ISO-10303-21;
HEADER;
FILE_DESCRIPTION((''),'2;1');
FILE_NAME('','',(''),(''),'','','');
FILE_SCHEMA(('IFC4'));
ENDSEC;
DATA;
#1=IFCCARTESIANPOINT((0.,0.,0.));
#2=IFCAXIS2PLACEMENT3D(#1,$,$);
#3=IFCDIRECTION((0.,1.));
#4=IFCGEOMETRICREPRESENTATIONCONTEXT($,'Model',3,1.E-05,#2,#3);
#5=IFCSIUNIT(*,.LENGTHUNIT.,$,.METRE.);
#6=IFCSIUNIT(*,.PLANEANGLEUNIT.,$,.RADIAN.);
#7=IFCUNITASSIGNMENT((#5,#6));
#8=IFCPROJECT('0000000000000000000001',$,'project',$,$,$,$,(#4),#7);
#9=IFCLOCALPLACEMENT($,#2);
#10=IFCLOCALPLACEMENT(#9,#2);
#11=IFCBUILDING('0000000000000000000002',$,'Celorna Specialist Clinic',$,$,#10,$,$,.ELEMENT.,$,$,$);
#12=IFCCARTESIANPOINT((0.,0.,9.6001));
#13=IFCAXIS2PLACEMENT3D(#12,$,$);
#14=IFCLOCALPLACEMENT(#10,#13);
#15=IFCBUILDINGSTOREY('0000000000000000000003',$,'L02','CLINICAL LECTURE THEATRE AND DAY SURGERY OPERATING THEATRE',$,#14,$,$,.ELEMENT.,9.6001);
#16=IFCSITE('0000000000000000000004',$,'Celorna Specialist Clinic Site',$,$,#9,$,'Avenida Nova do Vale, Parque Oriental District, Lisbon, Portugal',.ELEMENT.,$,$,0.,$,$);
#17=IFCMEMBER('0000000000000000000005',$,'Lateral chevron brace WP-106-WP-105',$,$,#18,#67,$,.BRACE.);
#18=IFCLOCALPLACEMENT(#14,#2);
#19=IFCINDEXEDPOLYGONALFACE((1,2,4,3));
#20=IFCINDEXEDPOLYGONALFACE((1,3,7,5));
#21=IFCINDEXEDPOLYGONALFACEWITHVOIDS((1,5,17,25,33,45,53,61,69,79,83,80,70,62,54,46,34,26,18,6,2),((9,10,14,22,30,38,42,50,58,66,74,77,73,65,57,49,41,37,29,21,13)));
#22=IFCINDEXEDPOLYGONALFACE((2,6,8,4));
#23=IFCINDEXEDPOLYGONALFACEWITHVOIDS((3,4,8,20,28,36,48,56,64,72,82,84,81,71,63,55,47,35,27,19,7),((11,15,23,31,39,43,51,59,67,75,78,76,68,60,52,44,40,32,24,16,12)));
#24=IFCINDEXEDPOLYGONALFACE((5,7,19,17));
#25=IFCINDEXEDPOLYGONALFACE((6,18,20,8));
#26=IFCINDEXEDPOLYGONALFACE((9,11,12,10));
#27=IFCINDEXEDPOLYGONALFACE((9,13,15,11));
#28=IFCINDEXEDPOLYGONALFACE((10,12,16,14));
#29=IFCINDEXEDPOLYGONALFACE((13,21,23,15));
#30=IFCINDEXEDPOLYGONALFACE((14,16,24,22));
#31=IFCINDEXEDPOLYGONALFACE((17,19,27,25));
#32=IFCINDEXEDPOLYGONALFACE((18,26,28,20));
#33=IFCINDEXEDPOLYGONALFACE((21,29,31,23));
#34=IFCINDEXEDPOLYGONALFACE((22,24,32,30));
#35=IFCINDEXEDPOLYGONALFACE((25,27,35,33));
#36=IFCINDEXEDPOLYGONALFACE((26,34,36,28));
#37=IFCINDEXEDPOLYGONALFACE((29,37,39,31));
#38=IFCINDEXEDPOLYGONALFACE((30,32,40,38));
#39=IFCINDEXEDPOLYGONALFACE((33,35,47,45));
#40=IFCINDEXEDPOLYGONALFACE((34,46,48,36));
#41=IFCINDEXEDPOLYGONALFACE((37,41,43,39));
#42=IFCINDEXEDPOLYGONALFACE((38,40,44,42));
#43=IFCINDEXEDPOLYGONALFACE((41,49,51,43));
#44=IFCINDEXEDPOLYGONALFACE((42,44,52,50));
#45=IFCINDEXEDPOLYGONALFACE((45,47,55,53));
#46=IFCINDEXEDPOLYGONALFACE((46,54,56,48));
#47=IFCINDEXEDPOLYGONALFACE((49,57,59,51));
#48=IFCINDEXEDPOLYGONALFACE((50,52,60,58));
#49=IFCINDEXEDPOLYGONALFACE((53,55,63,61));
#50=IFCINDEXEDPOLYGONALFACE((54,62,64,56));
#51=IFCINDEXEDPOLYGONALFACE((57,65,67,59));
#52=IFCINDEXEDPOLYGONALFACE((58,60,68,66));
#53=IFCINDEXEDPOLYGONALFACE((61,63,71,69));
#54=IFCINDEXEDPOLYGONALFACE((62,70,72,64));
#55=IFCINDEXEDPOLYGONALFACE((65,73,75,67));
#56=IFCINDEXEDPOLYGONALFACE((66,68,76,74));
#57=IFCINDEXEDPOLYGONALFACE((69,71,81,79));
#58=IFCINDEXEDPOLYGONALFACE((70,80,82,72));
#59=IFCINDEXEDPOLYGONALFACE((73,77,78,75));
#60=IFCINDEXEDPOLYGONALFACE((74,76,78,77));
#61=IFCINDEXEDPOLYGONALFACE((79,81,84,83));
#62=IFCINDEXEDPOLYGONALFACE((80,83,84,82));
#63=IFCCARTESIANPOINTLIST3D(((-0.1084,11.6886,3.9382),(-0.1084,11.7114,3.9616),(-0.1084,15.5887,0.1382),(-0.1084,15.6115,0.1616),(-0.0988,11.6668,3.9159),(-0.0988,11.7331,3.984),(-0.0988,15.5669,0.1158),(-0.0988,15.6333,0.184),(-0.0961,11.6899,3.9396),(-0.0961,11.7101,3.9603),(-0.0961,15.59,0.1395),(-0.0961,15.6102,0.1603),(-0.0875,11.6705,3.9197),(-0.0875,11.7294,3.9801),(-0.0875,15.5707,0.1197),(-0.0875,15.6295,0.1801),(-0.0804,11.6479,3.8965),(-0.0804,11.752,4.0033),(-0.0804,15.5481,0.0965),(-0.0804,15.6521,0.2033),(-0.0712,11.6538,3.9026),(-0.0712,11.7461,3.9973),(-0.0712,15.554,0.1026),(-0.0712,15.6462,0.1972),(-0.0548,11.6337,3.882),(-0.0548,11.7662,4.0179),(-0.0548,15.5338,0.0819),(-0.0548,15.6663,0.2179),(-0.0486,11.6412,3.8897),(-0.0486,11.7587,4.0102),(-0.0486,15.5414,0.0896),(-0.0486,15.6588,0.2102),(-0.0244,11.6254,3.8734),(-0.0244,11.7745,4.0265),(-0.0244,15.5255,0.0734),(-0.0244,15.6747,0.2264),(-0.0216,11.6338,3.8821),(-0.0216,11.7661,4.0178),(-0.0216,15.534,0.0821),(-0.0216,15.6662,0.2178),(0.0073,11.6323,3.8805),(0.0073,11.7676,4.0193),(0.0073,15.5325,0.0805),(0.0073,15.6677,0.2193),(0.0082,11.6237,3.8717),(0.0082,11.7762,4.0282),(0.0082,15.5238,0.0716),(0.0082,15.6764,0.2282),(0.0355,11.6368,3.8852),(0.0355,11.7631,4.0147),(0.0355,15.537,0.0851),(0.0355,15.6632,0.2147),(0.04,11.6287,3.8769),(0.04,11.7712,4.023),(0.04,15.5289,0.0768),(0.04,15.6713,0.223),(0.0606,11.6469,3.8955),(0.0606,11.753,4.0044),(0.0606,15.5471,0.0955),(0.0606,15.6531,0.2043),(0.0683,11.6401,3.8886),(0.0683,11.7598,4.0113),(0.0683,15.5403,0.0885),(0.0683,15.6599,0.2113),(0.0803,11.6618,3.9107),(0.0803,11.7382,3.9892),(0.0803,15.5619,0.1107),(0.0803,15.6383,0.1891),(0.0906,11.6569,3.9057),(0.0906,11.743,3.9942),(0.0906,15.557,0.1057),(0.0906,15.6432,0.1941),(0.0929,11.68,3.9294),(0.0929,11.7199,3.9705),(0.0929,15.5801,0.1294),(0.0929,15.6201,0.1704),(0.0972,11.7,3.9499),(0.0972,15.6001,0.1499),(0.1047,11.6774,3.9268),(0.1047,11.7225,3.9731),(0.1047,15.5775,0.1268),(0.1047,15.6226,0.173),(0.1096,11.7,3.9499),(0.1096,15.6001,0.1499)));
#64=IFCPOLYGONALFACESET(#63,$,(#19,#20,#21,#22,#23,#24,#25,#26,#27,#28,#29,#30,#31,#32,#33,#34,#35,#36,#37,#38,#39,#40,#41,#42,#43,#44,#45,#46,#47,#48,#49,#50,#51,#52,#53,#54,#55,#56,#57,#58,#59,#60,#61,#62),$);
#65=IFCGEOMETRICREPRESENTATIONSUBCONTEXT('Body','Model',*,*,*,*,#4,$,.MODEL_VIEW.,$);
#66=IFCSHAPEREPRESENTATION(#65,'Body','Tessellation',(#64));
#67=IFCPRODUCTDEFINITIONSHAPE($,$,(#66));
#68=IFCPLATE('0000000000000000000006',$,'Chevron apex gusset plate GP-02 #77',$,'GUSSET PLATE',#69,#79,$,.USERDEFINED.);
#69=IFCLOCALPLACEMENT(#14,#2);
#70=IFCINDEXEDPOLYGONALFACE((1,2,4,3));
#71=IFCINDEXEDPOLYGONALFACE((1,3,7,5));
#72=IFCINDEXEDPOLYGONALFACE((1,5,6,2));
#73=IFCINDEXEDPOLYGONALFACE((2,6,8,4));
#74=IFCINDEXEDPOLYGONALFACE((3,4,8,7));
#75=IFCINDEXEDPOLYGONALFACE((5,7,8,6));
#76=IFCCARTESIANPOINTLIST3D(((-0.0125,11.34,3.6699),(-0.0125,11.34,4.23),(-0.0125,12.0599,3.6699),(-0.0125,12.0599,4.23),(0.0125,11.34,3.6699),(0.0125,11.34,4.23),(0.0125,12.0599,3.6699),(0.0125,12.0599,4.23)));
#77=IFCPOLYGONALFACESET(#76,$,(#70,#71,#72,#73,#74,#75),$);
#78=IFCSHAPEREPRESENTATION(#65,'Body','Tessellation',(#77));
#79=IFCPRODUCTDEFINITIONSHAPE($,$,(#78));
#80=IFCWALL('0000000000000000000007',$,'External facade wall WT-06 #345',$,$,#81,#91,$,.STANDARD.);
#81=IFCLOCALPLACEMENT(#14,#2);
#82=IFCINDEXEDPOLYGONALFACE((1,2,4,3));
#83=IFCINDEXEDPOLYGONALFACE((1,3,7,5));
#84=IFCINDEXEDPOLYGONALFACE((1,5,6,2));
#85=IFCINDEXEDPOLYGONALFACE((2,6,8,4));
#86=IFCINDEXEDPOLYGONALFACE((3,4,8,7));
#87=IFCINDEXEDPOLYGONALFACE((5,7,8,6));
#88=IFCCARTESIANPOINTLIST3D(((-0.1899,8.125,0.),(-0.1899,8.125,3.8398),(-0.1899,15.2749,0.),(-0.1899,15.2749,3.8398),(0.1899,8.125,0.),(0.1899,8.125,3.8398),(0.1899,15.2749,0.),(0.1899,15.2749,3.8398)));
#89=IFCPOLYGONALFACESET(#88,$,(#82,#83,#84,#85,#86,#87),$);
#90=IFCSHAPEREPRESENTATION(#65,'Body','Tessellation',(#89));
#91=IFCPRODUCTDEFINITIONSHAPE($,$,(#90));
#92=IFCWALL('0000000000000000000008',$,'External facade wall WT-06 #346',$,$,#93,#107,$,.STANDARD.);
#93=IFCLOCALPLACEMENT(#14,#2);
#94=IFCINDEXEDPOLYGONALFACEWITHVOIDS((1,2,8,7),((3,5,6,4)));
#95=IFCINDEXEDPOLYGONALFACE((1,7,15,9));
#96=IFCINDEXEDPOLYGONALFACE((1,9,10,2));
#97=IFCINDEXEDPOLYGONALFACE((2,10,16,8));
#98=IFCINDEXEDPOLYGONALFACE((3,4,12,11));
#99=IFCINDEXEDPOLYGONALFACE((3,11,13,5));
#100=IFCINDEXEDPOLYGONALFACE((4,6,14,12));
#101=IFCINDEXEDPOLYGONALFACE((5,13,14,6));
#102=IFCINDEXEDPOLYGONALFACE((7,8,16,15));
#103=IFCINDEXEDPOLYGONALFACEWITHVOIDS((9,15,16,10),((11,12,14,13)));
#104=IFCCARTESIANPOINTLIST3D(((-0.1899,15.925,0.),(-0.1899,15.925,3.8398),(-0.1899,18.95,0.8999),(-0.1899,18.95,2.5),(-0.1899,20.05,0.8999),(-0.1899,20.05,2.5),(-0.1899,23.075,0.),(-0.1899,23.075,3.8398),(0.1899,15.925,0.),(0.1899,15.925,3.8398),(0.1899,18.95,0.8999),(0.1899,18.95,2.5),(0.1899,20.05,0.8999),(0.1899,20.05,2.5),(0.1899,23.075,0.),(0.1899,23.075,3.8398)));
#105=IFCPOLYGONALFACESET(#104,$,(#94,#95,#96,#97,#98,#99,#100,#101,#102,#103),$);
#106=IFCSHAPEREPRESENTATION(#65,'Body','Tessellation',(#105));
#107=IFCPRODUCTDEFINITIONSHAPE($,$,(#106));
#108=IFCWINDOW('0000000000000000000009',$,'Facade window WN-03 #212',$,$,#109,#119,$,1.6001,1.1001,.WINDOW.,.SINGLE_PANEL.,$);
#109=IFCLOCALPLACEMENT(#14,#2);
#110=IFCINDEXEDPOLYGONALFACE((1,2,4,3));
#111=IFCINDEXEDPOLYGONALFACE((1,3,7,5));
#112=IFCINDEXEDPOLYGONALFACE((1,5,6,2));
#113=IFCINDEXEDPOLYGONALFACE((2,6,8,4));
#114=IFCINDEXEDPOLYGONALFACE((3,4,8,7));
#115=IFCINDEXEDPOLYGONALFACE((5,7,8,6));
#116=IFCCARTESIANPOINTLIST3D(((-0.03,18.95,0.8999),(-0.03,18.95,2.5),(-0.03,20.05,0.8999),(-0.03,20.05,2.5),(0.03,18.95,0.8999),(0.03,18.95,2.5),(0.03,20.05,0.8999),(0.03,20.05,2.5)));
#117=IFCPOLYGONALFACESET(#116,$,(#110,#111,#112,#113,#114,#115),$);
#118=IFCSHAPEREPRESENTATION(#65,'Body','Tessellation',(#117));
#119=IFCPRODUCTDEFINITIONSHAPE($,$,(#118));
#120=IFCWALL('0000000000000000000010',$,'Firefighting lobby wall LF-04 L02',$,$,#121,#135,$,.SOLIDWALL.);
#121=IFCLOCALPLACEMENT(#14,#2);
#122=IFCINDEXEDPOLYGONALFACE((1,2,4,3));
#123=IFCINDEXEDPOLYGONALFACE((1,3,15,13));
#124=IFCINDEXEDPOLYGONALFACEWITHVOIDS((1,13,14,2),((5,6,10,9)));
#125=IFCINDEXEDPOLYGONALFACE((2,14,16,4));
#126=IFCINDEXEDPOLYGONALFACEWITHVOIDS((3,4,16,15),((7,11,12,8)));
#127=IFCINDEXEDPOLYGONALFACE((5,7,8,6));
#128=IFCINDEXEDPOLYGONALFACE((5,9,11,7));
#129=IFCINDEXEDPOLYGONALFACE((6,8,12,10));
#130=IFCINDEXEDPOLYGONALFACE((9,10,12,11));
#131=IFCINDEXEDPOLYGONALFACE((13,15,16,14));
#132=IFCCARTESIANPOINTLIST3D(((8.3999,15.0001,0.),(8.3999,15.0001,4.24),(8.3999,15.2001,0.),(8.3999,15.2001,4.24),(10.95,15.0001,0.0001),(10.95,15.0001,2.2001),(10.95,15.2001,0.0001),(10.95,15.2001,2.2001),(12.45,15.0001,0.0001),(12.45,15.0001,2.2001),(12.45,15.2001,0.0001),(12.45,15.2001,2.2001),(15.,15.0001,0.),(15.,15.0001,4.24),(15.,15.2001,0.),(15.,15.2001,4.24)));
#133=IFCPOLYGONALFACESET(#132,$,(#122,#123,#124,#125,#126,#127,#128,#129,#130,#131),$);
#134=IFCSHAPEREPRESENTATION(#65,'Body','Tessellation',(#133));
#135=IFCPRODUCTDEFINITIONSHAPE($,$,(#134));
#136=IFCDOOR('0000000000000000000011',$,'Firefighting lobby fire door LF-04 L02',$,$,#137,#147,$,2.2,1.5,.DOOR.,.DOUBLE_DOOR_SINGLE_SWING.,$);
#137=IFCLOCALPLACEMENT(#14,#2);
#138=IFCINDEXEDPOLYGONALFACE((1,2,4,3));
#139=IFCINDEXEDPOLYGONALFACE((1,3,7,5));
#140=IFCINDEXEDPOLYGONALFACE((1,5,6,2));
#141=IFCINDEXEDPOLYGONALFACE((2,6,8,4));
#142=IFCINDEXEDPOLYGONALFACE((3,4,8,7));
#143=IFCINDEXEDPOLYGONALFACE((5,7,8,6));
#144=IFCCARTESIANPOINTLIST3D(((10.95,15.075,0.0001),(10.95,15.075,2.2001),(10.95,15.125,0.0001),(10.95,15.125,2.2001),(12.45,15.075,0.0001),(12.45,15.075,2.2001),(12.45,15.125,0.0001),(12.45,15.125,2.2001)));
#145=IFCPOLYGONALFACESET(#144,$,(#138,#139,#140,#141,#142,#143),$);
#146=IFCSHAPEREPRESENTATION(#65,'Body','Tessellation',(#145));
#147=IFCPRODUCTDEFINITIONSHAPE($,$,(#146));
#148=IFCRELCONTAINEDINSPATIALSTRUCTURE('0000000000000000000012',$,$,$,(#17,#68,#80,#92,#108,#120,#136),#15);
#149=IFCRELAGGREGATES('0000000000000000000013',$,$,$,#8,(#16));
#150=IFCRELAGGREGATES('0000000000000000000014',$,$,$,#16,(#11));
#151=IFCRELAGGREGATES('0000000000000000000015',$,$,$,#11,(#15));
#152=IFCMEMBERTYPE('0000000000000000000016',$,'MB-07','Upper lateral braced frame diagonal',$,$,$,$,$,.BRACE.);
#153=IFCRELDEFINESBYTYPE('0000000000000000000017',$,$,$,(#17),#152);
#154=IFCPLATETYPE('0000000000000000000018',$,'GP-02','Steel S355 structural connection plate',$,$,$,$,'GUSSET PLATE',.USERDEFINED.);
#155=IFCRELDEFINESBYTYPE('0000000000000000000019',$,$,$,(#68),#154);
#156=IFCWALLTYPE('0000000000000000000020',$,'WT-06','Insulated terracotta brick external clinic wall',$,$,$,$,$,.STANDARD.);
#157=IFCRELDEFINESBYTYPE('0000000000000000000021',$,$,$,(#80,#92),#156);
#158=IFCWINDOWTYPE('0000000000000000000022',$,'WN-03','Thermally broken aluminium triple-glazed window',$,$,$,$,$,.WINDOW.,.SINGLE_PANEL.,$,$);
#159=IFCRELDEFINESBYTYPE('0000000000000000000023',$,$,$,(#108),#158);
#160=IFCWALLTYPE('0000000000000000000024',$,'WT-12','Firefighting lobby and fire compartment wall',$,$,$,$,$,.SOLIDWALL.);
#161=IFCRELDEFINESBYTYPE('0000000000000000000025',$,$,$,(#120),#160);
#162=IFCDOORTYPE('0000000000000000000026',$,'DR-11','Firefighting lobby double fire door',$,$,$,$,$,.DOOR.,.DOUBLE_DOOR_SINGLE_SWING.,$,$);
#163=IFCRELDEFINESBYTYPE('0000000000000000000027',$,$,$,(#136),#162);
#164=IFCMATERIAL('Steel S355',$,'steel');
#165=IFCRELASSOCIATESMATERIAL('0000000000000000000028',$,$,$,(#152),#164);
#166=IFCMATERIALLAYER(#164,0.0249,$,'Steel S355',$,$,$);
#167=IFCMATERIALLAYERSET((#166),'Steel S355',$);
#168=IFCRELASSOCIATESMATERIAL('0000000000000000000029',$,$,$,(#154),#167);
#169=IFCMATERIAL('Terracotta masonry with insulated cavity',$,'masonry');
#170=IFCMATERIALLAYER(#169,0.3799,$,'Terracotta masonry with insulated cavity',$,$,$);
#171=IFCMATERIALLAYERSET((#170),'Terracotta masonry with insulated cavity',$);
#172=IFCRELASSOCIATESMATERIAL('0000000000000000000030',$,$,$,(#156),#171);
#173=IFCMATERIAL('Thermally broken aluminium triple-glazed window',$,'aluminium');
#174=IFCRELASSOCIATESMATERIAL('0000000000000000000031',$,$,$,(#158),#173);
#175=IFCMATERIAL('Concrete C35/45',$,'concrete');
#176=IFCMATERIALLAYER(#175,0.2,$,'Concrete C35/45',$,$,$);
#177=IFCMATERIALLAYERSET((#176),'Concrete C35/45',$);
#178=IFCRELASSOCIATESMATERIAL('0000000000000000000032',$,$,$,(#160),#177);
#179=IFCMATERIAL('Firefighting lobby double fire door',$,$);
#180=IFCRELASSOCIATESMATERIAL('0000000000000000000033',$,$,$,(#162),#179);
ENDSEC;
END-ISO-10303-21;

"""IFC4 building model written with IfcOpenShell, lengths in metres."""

from ifc_helpers import new_model, si_unit, direction, frame, frame_2d, origin, origin_2d, place, context, subcontext, project, spatial, rectangle, hollow_circle, extrude, material, layer, layer_set, material_profile, profile_set, type_object, element, fill, save


model = new_model("IFC4")

# Units and contexts
model_context = context("Model", 3, precision=1e-05, world=origin(), true_north=direction((0.0, 1.0)))
body_context = subcontext(model_context, "Body", "Model", "MODEL_VIEW")
ifc_project = project(units=[si_unit("LENGTHUNIT", "METRE"), si_unit("PLANEANGLEUNIT", "RADIAN")], contexts=[model_context])

# Site, building, storey
site_placement = place(None, origin())
site = spatial("IfcSite", under=ifc_project, at=site_placement, Name="Celorna Specialist Clinic Site", LongName="Avenida Nova do Vale, Parque Oriental District, Lisbon, Portugal", CompositionType="ELEMENT", RefElevation=0.0)
building_placement = place(site_placement, origin())
building = spatial("IfcBuilding", under=site, at=building_placement, Name="Celorna Specialist Clinic", CompositionType="ELEMENT")
storey_placement = place(building_placement, frame((0.0, 0.0, 9.6001)))
storey = spatial("IfcBuildingStorey", under=building, at=storey_placement, Name="L02", Description="CLINICAL LECTURE THEATRE AND DAY SURGERY OPERATING THEATRE", CompositionType="ELEMENT", Elevation=9.6001)

# Shared definitions
ifc_material_1 = material(Name="Concrete C35/45", Category="concrete")

# Shared definitions
ifc_material_2 = material(Name="Steel S355", Category="steel")

# Member
ifc_material_profile_1 = material_profile(ifc_material_2, hollow_circle(Radius=0.1096, WallThickness=0.0125, at=origin_2d()), Name="CHS 219.1x12.5")
ifc_profile_set_1 = profile_set([ifc_material_profile_1], Name="Steel S355")
member_type = type_object("IfcMemberType", Name="MB-07", Description="Upper lateral braced frame diagonal", PredefinedType="BRACE", material=ifc_profile_set_1)
member_placement = place(storey_placement, frame((0.0, 15.6001, 0.1499), z_axis=(0.0, -0.716238, 0.697856), x_axis=(1.0, 0.0, 0.0)))
element("IfcMember", 1, at=member_placement, inside=storey, type_object=member_type, Name="Lateral chevron brace WP-106-WP-105", PredefinedType="BRACE", context=body_context, shape_type="SweptSolid", body=[
    extrude(hollow_circle(Radius=0.1096, WallThickness=0.0125, at=origin_2d()), origin(), (0.0, 0.0, 1.0), 5.4453),
])

# Plate
ifc_layer_1 = layer(ifc_material_2, 0.0249, Name="Steel S355")
ifc_layer_set_1 = layer_set([ifc_layer_1], Name="Steel S355")
plate_type = type_object("IfcPlateType", Name="GP-02", Description="Steel S355 structural connection plate", ElementType="GUSSET PLATE", PredefinedType="USERDEFINED", material=ifc_layer_set_1)
plate_placement = place(storey_placement, frame((0.0, 11.7, 3.6699), z_axis=(0.0, 0.0, 1.0), x_axis=(0.0, 1.0, 0.0)))
element("IfcPlate", 2, at=plate_placement, inside=storey, type_object=plate_type, Name="Chevron apex gusset plate GP-02 #77", ObjectType="GUSSET PLATE", PredefinedType="USERDEFINED", context=body_context, shape_type="SweptSolid", body=[
    extrude(rectangle(XDim=0.72, YDim=0.0249, at=origin_2d()), origin(), (0.0, 0.0, 1.0), 0.5601),
])

# Wall
ifc_material_3 = material(Name="Terracotta masonry with insulated cavity", Category="masonry")
ifc_layer_2 = layer(ifc_material_3, 0.3799, Name="Terracotta masonry with insulated cavity")
ifc_layer_set_2 = layer_set([ifc_layer_2], Name="Terracotta masonry with insulated cavity")
wall_type_1 = type_object("IfcWallType", Name="WT-06", Description="Insulated terracotta brick external clinic wall", PredefinedType="STANDARD", material=ifc_layer_set_2)
wall_1_placement = place(storey_placement, frame((0.0, 8.125, 0.0), z_axis=(0.0, 0.0, 1.0), x_axis=(0.0, 1.0, 0.0)))
element("IfcWall", 3, at=wall_1_placement, inside=storey, type_object=wall_type_1, Name="External facade wall WT-06 #345", PredefinedType="STANDARD", context=body_context, shape_type="SweptSolid", body=[
    extrude(rectangle(XDim=7.1499, YDim=0.3799, at=frame_2d((3.575, 0.0))), origin(), (0.0, 0.0, 1.0), 3.8398),
])

# Wall, opening, window
wall_2_placement = place(storey_placement, frame((0.0, 15.925, 0.0), z_axis=(0.0, 0.0, 1.0), x_axis=(0.0, 1.0, 0.0)))
wall_2 = element("IfcWall", 4, at=wall_2_placement, inside=storey, type_object=wall_type_1, Name="External facade wall WT-06 #346", PredefinedType="STANDARD", context=body_context, shape_type="SweptSolid", body=[
    extrude(rectangle(XDim=7.1499, YDim=0.3799, at=frame_2d((3.575, 0.0))), origin(), (0.0, 0.0, 1.0), 3.8398),
])
opening_1_placement = place(wall_2_placement, frame((3.0249, 0.0, 0.8999)))
opening_1 = element("IfcOpeningElement", 5, at=opening_1_placement, cuts=wall_2, PredefinedType="OPENING", context=body_context, shape_type="SweptSolid", body=[
    extrude(rectangle(XDim=1.1001, YDim=1.6001, at=frame_2d((0.55, 0.8))), frame((0.0, 0.2, 0.0), z_axis=(0.0, -1.0, 0.0), x_axis=(1.0, 0.0, 0.0)), (0.0, 0.0, 1.0), 0.3999),
])
ifc_material_4 = material(Name="Thermally broken aluminium triple-glazed window", Category="aluminium")
window_type = type_object("IfcWindowType", Name="WN-03", Description="Thermally broken aluminium triple-glazed window", PartitioningType="SINGLE_PANEL", PredefinedType="WINDOW", material=ifc_material_4)
window_placement = place(opening_1_placement, origin())
window = element("IfcWindow", 6, at=window_placement, inside=storey, type_object=window_type, Name="Facade window WN-03 #212", OverallHeight=1.6001, OverallWidth=1.1001, PartitioningType="SINGLE_PANEL", PredefinedType="WINDOW", context=body_context, shape_type="SweptSolid", body=[
    extrude(rectangle(XDim=1.1001, YDim=1.6001, at=frame_2d((0.55, 0.8))), frame((0.0, 0.03, 0.0), z_axis=(0.0, -1.0, 0.0), x_axis=(1.0, 0.0, 0.0)), (0.0, 0.0, 1.0), 0.0601),
])
fill(opening_1, window)

# Wall, opening, door
ifc_layer_3 = layer(ifc_material_1, 0.2, Name="Concrete C35/45")
ifc_layer_set_3 = layer_set([ifc_layer_3], Name="Concrete C35/45")
wall_type_2 = type_object("IfcWallType", Name="WT-12", Description="Firefighting lobby and fire compartment wall", PredefinedType="SOLIDWALL", material=ifc_layer_set_3)
wall_3_placement = place(storey_placement, frame((8.3999, 15.1001, 0.0), z_axis=(0.0, 0.0, 1.0), x_axis=(1.0, 0.0, 0.0)))
wall_3 = element("IfcWall", 7, at=wall_3_placement, inside=storey, type_object=wall_type_2, Name="Firefighting lobby wall LF-04 L02", PredefinedType="SOLIDWALL", context=body_context, shape_type="SweptSolid", body=[
    extrude(rectangle(XDim=6.6001, YDim=0.2, at=frame_2d((3.3, 0.0))), origin(), (0.0, 0.0, 1.0), 4.24),
])
opening_2_placement = place(wall_3_placement, frame((2.55, 0.0, 0.0)))
opening_2 = element("IfcOpeningElement", 8, at=opening_2_placement, cuts=wall_3, PredefinedType="OPENING", context=body_context, shape_type="SweptSolid", body=[
    extrude(rectangle(XDim=1.5, YDim=2.2, at=frame_2d((0.75, 1.1001))), frame((0.0, 0.1099, 0.0), z_axis=(0.0, -1.0, 0.0), x_axis=(1.0, 0.0, 0.0)), (0.0, 0.0, 1.0), 0.22),
])
ifc_material_5 = material(Name="Firefighting lobby double fire door")
door_type_1 = type_object("IfcDoorType", Name="DR-11", Description="Firefighting lobby double fire door", OperationType="DOUBLE_DOOR_SINGLE_SWING", PredefinedType="DOOR", material=ifc_material_5)
door_1_placement = place(opening_2_placement, origin())
door_1 = element("IfcDoor", 9, at=door_1_placement, inside=storey, type_object=door_type_1, Name="Firefighting lobby fire door LF-04 L02", OperationType="DOUBLE_DOOR_SINGLE_SWING", OverallHeight=2.2, OverallWidth=1.5, PredefinedType="DOOR", context=body_context, shape_type="SweptSolid", body=[
    extrude(rectangle(XDim=1.5, YDim=2.2, at=frame_2d((0.75, 1.1001))), frame((0.0, 0.0249, 0.0), z_axis=(0.0, -1.0, 0.0), x_axis=(1.0, 0.0, 0.0)), (0.0, 0.0, 1.0), 0.05),
])
fill(opening_2, door_1)

save(model, "model.ifc")
